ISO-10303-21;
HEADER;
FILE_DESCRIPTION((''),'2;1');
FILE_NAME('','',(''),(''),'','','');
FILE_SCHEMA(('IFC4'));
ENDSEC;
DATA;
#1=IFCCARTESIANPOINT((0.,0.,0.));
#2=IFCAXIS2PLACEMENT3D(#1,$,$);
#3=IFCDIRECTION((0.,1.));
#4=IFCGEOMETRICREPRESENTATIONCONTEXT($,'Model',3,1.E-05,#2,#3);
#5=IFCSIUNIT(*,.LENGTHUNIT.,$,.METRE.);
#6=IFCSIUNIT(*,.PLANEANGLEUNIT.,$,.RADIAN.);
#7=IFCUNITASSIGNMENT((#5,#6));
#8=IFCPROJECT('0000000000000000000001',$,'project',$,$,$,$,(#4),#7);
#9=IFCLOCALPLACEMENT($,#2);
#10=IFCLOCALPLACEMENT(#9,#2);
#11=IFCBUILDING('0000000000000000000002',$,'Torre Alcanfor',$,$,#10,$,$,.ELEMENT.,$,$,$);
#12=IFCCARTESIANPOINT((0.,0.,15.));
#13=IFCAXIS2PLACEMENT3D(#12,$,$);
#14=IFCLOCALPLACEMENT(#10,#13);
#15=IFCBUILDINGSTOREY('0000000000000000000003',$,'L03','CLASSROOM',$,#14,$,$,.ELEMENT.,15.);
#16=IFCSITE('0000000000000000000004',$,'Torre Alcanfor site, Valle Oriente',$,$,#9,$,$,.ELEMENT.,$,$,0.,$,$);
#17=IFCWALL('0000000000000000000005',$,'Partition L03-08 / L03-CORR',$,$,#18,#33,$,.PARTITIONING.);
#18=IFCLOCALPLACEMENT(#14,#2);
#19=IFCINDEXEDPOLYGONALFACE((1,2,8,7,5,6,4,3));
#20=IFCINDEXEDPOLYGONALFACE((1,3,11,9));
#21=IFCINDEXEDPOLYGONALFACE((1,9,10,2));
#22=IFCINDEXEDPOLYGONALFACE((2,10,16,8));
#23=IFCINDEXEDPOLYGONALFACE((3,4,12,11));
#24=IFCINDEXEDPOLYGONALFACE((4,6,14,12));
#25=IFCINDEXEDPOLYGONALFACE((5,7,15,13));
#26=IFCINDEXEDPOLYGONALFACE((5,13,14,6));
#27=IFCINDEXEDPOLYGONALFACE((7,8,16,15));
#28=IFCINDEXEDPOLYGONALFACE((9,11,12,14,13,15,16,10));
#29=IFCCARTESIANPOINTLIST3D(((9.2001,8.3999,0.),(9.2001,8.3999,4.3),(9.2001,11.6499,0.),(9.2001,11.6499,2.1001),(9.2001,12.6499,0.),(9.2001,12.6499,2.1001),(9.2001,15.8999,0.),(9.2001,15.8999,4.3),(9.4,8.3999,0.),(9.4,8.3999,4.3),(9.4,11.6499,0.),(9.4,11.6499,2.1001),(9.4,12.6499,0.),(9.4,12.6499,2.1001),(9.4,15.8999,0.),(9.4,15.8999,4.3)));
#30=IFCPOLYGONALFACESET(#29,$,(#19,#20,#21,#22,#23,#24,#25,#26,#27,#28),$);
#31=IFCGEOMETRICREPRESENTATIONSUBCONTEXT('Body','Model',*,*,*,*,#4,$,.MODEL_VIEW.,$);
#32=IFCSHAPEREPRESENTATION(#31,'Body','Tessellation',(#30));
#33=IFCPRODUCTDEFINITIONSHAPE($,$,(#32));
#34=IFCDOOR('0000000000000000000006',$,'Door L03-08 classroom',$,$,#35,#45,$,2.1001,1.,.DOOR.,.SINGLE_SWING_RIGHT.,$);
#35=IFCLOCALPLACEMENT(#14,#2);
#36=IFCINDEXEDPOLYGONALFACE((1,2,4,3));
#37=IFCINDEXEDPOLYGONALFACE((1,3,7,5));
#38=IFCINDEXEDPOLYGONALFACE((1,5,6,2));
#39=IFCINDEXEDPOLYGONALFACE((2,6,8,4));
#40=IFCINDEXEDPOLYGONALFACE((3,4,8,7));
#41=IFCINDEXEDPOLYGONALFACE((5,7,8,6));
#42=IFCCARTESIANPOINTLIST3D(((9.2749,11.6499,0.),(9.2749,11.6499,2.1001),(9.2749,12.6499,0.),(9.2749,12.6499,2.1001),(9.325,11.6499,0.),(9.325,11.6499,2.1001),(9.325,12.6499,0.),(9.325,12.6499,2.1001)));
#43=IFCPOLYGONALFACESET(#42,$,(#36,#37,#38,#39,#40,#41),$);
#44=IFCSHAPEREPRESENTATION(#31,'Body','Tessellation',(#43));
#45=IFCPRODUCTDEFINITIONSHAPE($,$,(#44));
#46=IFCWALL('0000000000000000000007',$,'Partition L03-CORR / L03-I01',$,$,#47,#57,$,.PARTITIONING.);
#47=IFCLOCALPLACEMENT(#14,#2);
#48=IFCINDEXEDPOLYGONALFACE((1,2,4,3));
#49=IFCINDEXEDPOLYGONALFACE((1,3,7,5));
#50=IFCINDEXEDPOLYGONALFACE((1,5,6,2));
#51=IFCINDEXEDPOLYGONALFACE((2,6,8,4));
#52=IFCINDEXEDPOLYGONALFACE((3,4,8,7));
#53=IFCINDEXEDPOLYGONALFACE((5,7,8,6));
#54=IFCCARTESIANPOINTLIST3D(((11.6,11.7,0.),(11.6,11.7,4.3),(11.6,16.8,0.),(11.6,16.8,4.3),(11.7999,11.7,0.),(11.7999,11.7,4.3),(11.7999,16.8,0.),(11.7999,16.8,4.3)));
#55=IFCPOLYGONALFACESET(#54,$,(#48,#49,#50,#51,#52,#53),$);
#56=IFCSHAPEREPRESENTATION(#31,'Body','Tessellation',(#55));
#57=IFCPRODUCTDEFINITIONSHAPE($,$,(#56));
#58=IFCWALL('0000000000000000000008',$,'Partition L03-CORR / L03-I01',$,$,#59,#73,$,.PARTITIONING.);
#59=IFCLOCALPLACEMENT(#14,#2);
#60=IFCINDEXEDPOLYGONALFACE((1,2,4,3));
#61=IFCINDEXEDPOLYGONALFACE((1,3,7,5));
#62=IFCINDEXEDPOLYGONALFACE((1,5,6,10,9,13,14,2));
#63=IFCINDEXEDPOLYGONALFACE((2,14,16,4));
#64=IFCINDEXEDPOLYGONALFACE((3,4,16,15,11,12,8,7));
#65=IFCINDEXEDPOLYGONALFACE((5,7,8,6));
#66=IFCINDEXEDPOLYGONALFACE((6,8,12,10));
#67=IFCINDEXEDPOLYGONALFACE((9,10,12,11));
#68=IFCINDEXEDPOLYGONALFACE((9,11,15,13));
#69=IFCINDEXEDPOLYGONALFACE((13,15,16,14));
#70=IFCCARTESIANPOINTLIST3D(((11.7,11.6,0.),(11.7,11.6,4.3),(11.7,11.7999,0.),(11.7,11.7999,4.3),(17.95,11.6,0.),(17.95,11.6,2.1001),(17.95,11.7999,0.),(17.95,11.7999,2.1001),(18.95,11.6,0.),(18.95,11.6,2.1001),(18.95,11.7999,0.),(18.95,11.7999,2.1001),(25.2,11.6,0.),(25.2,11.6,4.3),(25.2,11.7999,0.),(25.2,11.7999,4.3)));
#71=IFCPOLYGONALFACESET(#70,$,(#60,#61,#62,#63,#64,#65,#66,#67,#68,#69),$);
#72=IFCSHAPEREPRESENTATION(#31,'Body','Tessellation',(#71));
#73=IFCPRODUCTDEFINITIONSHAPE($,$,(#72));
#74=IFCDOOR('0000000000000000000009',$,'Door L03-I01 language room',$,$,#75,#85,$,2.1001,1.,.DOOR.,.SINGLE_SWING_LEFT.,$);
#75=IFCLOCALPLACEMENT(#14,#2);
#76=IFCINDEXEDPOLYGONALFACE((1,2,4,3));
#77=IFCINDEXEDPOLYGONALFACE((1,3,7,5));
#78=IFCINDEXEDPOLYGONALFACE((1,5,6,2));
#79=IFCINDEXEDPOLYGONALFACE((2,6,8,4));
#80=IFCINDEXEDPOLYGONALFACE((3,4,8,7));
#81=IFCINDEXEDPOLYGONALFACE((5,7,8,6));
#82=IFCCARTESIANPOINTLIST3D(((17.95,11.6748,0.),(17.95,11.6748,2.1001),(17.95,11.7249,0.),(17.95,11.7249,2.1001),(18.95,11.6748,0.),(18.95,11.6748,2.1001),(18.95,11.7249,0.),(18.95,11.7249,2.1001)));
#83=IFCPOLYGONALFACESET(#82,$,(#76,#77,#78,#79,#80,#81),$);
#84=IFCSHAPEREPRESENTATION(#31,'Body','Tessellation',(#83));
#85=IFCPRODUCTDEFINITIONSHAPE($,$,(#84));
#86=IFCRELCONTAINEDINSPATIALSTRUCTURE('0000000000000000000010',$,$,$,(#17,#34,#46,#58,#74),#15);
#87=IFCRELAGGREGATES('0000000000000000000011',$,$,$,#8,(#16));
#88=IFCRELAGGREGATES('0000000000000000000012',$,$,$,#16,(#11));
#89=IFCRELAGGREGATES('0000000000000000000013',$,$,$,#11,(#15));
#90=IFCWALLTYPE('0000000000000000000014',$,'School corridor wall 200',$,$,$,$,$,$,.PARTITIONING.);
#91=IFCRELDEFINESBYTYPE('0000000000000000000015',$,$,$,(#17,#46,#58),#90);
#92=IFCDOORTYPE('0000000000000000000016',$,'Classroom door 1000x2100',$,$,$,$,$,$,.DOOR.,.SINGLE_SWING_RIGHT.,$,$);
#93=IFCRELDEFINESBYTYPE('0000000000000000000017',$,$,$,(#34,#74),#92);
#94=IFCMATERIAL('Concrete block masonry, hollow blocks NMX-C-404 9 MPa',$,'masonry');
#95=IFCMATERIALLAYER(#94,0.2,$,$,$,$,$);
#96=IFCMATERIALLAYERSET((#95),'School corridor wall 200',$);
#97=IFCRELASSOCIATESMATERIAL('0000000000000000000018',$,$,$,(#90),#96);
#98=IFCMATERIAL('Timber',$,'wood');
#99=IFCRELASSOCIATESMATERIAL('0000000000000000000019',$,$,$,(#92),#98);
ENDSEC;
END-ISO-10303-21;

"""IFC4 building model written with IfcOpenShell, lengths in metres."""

from ifc_helpers import new_model, si_unit, direction, frame, frame_2d, origin, place, context, subcontext, project, spatial, rectangle, extrude, material, layer, layer_set, type_object, element, fill, save


model = new_model("IFC4")

# Units and contexts
model_context = context("Model", 3, precision=1e-05, world=origin(), true_north=direction((0.0, 1.0)))
body_context = subcontext(model_context, "Body", "Model", "MODEL_VIEW")
ifc_project = project(units=[si_unit("LENGTHUNIT", "METRE"), si_unit("PLANEANGLEUNIT", "RADIAN")], contexts=[model_context])

# Site, building, storey
site_placement = place(None, origin())
site = spatial("IfcSite", under=ifc_project, at=site_placement, Name="Torre Alcanfor site, Valle Oriente", CompositionType="ELEMENT", RefElevation=0.0)
building_placement = place(site_placement, origin())
building = spatial("IfcBuilding", under=site, at=building_placement, Name="Torre Alcanfor", CompositionType="ELEMENT")
storey_placement = place(building_placement, frame((0.0, 0.0, 15.0)))
storey = spatial("IfcBuildingStorey", under=building, at=storey_placement, Name="L03", Description="CLASSROOM", CompositionType="ELEMENT", Elevation=15.0)

# Shared definitions
ifc_material_1 = material(Name="Concrete block masonry, hollow blocks NMX-C-404 9 MPa", Category="masonry")
ifc_layer_1 = layer(ifc_material_1, 0.2)
ifc_layer_set_1 = layer_set([ifc_layer_1], Name="School corridor wall 200")
wall_type_1 = type_object("IfcWallType", Name="School corridor wall 200", PredefinedType="PARTITIONING", material=ifc_layer_set_1)

# Wall, opening, door
ifc_material_2 = material(Name="Timber", Category="wood")
door_type = type_object("IfcDoorType", Name="Classroom door 1000x2100", OperationType="SINGLE_SWING_RIGHT", PredefinedType="DOOR", material=ifc_material_2)
wall_1_placement = place(storey_placement, frame((9.3, 15.8999, 0.0), z_axis=(0.0, 0.0, 1.0), x_axis=(0.0, -1.0, 0.0)))
wall_1 = element("IfcWall", 1, at=wall_1_placement, inside=storey, type_object=wall_type_1, Name="Partition L03-08 / L03-CORR", PredefinedType="PARTITIONING", context=body_context, shape_type="SweptSolid", body=[
    extrude(rectangle(XDim=7.5, YDim=0.2, at=frame_2d((3.75, 0.0))), origin(), (0.0, 0.0, 1.0), 4.3),
])
opening_1_placement = place(wall_1_placement, frame((3.25, 0.0, 0.0)))
opening_1 = element("IfcOpeningElement", 2, at=opening_1_placement, cuts=wall_1, PredefinedType="OPENING", context=body_context, shape_type="SweptSolid", body=[
    extrude(rectangle(XDim=1.0, YDim=2.1001, at=frame_2d((0.5, 1.05))), frame((0.0, 0.1099, 0.0), z_axis=(0.0, -1.0, 0.0), x_axis=(1.0, 0.0, 0.0)), (0.0, 0.0, 1.0), 0.22),
])
door_1_placement = place(opening_1_placement, frame((1.0, 0.0, 0.0), z_axis=(0.0, 0.0, 1.0), x_axis=(-1.0, 0.0, 0.0)))
door_1 = element("IfcDoor", 3, at=door_1_placement, inside=storey, type_object=door_type, Name="Door L03-08 classroom", OperationType="SINGLE_SWING_RIGHT", OverallHeight=2.1001, OverallWidth=1.0, PredefinedType="DOOR", context=body_context, shape_type="SweptSolid", body=[
    extrude(rectangle(XDim=1.0, YDim=2.1001, at=frame_2d((0.5, 1.05))), frame((0.0, 0.0251, 0.0), z_axis=(0.0, -1.0, 0.0), x_axis=(1.0, 0.0, 0.0)), (0.0, 0.0, 1.0), 0.05),
])
fill(opening_1, door_1)

# Wall
wall_2_placement = place(storey_placement, frame((11.7, 16.8, 0.0), z_axis=(0.0, 0.0, 1.0), x_axis=(0.0, -1.0, 0.0)))
element("IfcWall", 4, at=wall_2_placement, inside=storey, type_object=wall_type_1, Name="Partition L03-CORR / L03-I01", PredefinedType="PARTITIONING", context=body_context, shape_type="SweptSolid", body=[
    extrude(rectangle(XDim=5.1001, YDim=0.2, at=frame_2d((2.55, 0.0))), origin(), (0.0, 0.0, 1.0), 4.3),
])

# Wall, opening, door
wall_3_placement = place(storey_placement, frame((11.7, 11.7, 0.0), z_axis=(0.0, 0.0, 1.0), x_axis=(1.0, 0.0, 0.0)))
wall_3 = element("IfcWall", 5, at=wall_3_placement, inside=storey, type_object=wall_type_1, Name="Partition L03-CORR / L03-I01", PredefinedType="PARTITIONING", context=body_context, shape_type="SweptSolid", body=[
    extrude(rectangle(XDim=13.5, YDim=0.2, at=frame_2d((6.75, 0.0))), origin(), (0.0, 0.0, 1.0), 4.3),
])
opening_2_placement = place(wall_3_placement, frame((6.25, 0.0, 0.0)))
opening_2 = element("IfcOpeningElement", 6, at=opening_2_placement, cuts=wall_3, PredefinedType="OPENING", context=body_context, shape_type="SweptSolid", body=[
    extrude(rectangle(XDim=1.0, YDim=2.1001, at=frame_2d((0.5, 1.05))), frame((0.0, 0.1099, 0.0), z_axis=(0.0, -1.0, 0.0), x_axis=(1.0, 0.0, 0.0)), (0.0, 0.0, 1.0), 0.22),
])
door_2_placement = place(opening_2_placement, origin())
door_2 = element("IfcDoor", 7, at=door_2_placement, inside=storey, type_object=door_type, Name="Door L03-I01 language room", OperationType="SINGLE_SWING_LEFT", OverallHeight=2.1001, OverallWidth=1.0, PredefinedType="DOOR", context=body_context, shape_type="SweptSolid", body=[
    extrude(rectangle(XDim=1.0, YDim=2.1001, at=frame_2d((0.5, 1.05))), frame((0.0, 0.0249, 0.0), z_axis=(0.0, -1.0, 0.0), x_axis=(1.0, 0.0, 0.0)), (0.0, 0.0, 1.0), 0.05),
])
fill(opening_2, door_2)

save(model, "model.ifc")
